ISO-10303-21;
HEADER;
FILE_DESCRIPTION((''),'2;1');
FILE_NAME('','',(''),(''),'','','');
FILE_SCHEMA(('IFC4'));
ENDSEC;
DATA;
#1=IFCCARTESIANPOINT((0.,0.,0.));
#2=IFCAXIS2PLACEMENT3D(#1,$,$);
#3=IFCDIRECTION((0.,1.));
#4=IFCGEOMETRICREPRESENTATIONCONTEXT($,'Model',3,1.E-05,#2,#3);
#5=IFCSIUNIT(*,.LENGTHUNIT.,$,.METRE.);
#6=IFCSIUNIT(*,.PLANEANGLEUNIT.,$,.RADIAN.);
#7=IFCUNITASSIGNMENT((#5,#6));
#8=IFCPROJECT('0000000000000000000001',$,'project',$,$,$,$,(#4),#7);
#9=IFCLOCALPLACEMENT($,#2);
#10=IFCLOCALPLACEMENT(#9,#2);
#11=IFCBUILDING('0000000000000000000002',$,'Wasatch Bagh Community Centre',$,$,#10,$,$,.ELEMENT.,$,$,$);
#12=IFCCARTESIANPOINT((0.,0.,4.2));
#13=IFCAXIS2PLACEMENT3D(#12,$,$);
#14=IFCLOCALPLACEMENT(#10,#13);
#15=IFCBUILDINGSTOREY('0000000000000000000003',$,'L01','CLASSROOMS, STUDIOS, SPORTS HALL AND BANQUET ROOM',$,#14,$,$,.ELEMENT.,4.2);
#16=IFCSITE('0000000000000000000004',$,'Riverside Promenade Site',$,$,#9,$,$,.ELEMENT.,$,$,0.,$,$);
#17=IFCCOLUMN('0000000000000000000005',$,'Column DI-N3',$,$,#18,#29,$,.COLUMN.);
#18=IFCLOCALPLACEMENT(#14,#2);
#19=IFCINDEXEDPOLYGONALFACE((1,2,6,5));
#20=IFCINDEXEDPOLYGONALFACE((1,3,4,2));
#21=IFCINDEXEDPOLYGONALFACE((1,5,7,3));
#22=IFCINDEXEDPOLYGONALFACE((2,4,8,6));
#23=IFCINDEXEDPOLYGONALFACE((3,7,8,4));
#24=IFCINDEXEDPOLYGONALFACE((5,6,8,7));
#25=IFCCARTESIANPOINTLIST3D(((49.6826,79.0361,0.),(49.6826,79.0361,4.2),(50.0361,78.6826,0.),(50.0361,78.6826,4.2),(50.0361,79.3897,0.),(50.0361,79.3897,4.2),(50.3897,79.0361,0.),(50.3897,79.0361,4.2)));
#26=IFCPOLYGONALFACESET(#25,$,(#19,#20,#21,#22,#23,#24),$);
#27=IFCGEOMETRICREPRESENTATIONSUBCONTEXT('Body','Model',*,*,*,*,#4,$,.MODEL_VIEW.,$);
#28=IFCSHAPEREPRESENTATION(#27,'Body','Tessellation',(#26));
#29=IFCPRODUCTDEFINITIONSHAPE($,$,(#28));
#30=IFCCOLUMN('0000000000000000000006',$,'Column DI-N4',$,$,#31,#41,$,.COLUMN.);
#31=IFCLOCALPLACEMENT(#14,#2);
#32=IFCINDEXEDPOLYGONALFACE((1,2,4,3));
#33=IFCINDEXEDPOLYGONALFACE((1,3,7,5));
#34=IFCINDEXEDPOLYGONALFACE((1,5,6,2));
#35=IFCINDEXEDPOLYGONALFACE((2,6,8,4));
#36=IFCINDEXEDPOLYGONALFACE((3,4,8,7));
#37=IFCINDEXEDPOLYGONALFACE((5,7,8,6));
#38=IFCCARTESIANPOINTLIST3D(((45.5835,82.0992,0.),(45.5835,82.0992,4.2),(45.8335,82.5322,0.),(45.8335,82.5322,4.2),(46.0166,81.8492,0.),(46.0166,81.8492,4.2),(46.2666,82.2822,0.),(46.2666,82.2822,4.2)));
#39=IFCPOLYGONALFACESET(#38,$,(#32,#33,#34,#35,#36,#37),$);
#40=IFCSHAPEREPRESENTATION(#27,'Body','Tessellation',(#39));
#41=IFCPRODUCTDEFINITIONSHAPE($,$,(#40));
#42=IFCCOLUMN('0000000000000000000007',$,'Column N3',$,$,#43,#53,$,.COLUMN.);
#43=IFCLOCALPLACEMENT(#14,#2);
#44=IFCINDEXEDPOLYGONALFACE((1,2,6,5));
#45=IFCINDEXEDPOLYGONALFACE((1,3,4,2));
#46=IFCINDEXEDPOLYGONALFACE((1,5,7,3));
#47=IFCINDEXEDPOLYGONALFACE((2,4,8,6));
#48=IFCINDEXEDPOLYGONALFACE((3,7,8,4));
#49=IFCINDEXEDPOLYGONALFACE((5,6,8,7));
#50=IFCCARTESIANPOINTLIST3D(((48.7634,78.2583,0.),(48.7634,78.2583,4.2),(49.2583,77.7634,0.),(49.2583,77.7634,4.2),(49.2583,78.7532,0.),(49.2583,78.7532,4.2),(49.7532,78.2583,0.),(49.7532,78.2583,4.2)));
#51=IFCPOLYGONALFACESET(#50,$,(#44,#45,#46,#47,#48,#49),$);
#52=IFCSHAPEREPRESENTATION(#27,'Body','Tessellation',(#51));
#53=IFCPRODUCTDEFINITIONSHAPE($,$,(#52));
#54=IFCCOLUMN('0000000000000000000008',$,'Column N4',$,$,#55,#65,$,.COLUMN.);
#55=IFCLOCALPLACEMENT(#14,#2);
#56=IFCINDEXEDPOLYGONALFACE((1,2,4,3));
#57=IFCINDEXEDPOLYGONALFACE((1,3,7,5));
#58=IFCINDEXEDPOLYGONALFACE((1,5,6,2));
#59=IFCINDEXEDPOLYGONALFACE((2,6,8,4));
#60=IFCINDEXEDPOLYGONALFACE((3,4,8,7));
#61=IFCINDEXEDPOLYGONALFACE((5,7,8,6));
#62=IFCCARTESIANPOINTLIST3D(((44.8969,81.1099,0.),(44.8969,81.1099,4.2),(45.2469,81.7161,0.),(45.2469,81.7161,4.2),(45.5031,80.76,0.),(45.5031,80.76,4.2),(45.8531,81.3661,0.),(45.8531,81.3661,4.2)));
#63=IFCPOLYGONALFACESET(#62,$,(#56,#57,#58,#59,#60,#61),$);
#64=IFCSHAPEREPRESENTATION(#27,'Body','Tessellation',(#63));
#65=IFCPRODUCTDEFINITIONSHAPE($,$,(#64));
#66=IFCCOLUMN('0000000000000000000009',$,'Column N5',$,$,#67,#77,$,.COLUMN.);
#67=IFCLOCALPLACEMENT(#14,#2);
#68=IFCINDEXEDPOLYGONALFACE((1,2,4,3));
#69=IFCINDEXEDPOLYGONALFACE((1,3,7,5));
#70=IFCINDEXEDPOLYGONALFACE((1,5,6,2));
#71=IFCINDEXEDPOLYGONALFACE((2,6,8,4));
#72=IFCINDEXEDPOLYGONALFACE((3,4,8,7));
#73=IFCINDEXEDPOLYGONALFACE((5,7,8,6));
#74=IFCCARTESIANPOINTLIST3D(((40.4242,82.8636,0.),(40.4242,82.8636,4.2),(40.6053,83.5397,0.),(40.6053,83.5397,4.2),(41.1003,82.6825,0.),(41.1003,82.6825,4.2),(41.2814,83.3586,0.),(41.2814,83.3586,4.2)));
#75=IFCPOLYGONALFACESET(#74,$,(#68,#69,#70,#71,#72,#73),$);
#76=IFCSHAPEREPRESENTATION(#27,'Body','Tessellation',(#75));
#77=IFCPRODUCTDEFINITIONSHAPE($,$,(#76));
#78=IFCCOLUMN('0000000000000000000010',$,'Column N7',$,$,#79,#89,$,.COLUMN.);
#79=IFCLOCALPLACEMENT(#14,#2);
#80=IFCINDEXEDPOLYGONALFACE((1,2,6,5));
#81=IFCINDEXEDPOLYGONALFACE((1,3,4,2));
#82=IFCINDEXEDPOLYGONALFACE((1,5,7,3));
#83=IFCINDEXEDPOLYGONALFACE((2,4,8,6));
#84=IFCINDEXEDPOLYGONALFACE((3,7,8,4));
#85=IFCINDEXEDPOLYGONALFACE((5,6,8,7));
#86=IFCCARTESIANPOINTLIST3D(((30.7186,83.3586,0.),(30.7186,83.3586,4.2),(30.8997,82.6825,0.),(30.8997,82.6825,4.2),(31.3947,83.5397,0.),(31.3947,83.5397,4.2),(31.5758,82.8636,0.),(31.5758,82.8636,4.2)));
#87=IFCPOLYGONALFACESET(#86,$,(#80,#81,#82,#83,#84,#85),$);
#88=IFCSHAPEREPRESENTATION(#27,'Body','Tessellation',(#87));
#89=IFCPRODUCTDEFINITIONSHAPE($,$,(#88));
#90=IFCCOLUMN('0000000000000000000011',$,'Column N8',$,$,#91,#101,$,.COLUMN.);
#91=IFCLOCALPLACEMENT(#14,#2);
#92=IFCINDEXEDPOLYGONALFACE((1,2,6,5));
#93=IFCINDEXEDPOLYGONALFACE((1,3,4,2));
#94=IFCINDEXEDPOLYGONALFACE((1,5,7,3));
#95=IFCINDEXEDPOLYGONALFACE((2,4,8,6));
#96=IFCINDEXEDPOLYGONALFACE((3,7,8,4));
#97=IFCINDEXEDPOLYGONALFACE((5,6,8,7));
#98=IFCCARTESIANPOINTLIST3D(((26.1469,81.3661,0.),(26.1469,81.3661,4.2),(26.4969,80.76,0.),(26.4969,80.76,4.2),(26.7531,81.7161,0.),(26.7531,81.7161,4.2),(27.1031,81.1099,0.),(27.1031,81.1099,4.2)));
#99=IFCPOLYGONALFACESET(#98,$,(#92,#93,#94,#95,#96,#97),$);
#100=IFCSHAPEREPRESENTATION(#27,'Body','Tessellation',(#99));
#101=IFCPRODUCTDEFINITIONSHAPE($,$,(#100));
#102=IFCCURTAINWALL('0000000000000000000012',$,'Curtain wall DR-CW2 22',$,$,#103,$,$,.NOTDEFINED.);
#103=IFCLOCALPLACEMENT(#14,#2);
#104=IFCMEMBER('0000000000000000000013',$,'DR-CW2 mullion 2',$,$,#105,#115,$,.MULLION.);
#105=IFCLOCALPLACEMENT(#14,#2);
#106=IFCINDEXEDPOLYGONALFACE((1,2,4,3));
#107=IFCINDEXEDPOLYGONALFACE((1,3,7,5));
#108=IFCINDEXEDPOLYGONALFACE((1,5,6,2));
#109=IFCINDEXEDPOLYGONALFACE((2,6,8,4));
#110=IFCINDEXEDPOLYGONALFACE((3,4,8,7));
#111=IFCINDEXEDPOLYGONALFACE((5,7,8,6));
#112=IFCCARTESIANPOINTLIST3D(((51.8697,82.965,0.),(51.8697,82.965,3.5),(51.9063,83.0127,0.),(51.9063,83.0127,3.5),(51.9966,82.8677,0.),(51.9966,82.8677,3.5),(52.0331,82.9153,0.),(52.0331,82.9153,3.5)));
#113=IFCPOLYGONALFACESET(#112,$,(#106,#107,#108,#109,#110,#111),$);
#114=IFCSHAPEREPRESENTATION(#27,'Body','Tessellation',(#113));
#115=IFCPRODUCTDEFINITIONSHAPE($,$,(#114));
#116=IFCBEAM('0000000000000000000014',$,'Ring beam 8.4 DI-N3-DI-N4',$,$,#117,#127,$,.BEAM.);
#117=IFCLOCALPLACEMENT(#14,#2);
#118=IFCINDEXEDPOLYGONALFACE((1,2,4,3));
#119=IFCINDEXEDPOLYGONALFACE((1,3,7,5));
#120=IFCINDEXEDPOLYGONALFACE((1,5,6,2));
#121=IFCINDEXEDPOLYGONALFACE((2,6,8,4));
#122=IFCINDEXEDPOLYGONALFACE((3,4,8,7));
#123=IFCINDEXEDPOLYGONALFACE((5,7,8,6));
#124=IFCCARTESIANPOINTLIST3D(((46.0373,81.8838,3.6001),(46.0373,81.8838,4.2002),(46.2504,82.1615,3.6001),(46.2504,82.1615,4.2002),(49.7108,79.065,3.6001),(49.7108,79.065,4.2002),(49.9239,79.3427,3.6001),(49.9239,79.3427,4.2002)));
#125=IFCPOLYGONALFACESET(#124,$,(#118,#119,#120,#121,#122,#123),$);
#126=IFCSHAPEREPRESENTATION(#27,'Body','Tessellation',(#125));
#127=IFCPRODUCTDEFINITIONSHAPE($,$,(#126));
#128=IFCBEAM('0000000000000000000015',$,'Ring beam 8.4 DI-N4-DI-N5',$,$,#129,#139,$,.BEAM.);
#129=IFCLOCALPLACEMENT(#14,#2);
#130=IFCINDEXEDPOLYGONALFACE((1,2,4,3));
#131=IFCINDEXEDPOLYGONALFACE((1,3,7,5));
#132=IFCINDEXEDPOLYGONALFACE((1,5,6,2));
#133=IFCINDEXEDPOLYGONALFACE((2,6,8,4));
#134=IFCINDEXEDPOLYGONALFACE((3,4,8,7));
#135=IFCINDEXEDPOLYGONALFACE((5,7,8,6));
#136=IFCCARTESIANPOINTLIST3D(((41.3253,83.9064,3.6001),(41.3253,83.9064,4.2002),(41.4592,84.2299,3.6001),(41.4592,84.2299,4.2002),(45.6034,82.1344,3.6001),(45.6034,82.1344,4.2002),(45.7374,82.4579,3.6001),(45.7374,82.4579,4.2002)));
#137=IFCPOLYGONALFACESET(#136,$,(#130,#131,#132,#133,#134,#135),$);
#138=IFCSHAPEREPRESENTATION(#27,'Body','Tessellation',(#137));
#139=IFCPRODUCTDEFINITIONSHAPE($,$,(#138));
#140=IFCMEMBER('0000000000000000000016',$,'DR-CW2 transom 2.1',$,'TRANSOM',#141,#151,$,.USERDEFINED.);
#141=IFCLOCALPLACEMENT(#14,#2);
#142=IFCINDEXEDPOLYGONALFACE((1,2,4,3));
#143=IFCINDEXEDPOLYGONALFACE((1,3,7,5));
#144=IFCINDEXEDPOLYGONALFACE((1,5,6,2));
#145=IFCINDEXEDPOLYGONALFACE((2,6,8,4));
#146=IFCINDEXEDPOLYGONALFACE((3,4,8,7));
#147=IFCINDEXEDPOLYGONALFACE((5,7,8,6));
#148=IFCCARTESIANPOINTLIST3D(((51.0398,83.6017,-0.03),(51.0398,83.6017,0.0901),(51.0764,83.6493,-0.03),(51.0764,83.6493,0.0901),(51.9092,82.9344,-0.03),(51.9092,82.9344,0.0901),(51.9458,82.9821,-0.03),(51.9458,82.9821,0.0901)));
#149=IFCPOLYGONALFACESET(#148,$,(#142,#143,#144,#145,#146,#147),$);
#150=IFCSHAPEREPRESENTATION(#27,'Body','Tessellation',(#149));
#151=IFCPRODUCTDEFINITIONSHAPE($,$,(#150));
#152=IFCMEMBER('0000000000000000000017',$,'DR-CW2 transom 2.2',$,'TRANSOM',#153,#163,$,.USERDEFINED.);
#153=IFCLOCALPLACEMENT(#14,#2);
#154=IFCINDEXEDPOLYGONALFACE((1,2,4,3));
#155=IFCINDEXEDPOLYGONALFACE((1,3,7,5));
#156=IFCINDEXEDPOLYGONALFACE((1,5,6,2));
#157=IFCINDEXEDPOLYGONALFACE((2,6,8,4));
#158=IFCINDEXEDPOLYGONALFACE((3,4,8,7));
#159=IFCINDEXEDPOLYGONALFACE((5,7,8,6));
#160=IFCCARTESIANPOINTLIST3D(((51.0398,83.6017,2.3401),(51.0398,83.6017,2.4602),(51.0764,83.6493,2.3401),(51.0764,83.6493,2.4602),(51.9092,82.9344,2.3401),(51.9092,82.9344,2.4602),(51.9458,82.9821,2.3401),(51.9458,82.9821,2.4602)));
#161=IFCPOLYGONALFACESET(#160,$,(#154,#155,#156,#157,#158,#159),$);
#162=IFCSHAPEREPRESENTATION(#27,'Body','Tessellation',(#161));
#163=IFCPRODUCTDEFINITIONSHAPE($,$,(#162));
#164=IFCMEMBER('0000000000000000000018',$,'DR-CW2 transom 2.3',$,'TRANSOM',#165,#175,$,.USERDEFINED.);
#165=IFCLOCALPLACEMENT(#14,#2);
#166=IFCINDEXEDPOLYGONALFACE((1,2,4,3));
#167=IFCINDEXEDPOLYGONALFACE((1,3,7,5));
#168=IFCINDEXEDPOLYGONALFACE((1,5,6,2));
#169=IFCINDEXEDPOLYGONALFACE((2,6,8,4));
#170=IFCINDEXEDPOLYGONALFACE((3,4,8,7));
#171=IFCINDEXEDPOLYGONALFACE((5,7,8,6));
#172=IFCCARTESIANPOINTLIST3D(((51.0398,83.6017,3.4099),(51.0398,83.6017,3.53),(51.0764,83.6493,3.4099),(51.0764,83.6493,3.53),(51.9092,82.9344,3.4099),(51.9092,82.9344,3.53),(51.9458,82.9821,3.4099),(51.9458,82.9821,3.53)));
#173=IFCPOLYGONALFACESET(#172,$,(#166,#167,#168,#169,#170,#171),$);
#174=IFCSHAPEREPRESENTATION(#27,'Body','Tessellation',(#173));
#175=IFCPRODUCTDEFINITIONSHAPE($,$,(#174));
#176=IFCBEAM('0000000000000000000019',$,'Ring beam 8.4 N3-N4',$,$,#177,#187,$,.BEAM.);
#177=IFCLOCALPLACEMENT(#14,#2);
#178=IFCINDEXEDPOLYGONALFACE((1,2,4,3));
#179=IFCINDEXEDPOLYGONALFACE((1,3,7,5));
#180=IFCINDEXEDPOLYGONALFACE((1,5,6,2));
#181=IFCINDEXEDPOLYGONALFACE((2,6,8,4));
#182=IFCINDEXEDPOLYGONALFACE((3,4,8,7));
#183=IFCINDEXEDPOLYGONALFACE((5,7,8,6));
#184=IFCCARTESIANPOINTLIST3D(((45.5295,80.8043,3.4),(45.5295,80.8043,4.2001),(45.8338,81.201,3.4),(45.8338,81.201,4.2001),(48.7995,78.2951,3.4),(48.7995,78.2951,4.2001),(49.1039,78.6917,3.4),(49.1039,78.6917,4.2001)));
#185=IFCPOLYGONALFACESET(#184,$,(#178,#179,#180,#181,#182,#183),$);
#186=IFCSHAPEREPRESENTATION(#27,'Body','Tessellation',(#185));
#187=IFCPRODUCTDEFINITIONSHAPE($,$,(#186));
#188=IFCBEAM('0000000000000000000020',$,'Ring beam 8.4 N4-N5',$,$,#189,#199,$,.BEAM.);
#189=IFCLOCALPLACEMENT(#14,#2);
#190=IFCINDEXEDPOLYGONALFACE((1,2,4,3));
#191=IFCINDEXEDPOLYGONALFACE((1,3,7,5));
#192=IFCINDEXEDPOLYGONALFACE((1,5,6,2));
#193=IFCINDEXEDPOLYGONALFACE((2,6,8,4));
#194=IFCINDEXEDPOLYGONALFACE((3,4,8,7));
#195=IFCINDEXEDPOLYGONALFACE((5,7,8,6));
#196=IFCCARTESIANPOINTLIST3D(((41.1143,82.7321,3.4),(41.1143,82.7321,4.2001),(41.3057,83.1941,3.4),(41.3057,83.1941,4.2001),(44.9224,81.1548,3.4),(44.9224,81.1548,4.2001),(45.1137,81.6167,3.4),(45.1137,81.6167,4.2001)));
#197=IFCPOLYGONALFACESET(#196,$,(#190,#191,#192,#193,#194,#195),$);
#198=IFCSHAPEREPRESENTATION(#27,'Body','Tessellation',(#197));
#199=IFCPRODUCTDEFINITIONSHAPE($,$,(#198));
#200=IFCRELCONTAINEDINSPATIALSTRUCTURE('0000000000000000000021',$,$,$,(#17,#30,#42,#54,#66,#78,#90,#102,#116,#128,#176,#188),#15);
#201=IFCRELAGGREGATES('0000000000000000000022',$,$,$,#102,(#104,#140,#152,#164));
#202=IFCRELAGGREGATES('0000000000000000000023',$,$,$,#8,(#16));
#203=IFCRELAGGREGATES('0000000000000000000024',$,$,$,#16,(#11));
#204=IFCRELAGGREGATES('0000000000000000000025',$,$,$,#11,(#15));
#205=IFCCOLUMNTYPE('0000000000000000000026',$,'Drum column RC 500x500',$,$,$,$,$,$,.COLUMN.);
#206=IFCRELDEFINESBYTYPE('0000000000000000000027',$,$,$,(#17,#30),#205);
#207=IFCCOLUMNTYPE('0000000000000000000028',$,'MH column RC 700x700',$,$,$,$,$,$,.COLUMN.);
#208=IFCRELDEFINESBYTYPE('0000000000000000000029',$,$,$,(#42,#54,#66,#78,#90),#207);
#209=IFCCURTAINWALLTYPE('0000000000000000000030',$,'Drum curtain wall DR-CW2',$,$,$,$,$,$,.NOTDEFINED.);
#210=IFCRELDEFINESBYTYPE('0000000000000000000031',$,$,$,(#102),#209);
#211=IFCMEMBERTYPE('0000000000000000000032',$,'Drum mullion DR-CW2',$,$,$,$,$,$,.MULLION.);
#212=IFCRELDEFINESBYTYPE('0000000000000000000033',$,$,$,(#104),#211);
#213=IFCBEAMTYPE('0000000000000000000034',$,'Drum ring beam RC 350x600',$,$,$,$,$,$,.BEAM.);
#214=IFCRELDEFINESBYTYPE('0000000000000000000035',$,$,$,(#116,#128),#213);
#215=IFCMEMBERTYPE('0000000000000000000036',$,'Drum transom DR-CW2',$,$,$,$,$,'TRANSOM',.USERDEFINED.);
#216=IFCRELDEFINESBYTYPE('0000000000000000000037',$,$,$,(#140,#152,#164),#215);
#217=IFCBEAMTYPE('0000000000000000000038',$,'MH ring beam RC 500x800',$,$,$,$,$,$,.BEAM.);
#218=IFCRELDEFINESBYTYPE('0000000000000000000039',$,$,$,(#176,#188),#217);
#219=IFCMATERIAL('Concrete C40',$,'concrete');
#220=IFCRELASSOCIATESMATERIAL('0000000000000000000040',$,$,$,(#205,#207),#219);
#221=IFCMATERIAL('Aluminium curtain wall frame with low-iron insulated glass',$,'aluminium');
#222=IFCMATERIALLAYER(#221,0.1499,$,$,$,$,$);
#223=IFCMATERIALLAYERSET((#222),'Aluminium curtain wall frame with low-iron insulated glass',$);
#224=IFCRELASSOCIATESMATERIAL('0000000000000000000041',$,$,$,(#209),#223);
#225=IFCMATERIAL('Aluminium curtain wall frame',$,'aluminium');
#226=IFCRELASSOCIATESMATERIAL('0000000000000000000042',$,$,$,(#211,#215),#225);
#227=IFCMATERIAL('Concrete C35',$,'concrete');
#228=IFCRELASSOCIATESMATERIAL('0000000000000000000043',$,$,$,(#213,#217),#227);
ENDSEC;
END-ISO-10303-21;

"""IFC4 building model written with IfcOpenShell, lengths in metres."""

from ifc_helpers import new_model, si_unit, direction, frame, origin, origin_2d, place, context, subcontext, project, spatial, rectangle, extrude, material, layer, layer_set, material_profile, profile_set, type_object, element, aggregate, save


model = new_model("IFC4")

# Units and contexts
model_context = context("Model", 3, precision=1e-05, world=origin(), true_north=direction((0.0, 1.0)))
body_context = subcontext(model_context, "Body", "Model", "MODEL_VIEW")
ifc_project = project(units=[si_unit("LENGTHUNIT", "METRE"), si_unit("PLANEANGLEUNIT", "RADIAN")], contexts=[model_context])

# Site, building, storey
site_placement = place(None, origin())
site = spatial("IfcSite", under=ifc_project, at=site_placement, Name="Riverside Promenade Site", CompositionType="ELEMENT", RefElevation=0.0)
building_placement = place(site_placement, origin())
building = spatial("IfcBuilding", under=site, at=building_placement, Name="Wasatch Bagh Community Centre", CompositionType="ELEMENT")
storey_placement = place(building_placement, frame((0.0, 0.0, 4.2)))
storey = spatial("IfcBuildingStorey", under=building, at=storey_placement, Name="L01", Description="CLASSROOMS, STUDIOS, SPORTS HALL AND BANQUET ROOM", CompositionType="ELEMENT", Elevation=4.2)

# Columns
ifc_material_1 = material(Name="Concrete C40", Category="concrete")
ifc_material_profile_1 = material_profile(ifc_material_1, rectangle(XDim=0.5, YDim=0.5, at=origin_2d()), Name="RC 500x500")
ifc_profile_set_1 = profile_set([ifc_material_profile_1], Name="Concrete C40")
column_type_1 = type_object("IfcColumnType", Name="Drum column RC 500x500", PredefinedType="COLUMN", material=ifc_profile_set_1)
for number, where, z_axis, x_axis, name in (
    (1, (50.0361, 79.0361, 0.0), (0.0, 0.0, 1.0), (0.707107, 0.707107, 0.0), "Column DI-N3"),
    (2, (45.925, 82.1907, 0.0), (0.0, 0.0, 1.0), (0.5, 0.866025, 0.0), "Column DI-N4"),
):
    element("IfcColumn", number, at=place(storey_placement, frame(where, z_axis=z_axis, x_axis=x_axis)), inside=storey, type_object=column_type_1, Name=name, PredefinedType="COLUMN", context=body_context, shape_type="SweptSolid", body=[
        extrude(rectangle(XDim=0.5, YDim=0.5, at=origin_2d()), origin(), (0.0, 0.0, 1.0), 4.2),
    ])
ifc_material_profile_2 = material_profile(ifc_material_1, rectangle(XDim=0.7, YDim=0.7, at=origin_2d()), Name="RC 700x700")
ifc_profile_set_2 = profile_set([ifc_material_profile_2], Name="Concrete C40")
column_type_2 = type_object("IfcColumnType", Name="MH column RC 700x700", PredefinedType="COLUMN", material=ifc_profile_set_2)
for number, where, z_axis, x_axis, name in (
    (3, (49.2583, 78.2583, 0.0), (0.0, 0.0, 1.0), (0.707107, 0.707107, 0.0), "Column N3"),
    (4, (45.375, 81.238, 0.0), (0.0, 0.0, 1.0), (0.5, 0.866025, 0.0), "Column N4"),
    (5, (40.8528, 83.1111, 0.0), (0.0, 0.0, 1.0), (0.258819, 0.965926, 0.0), "Column N5"),
    (6, (31.1472, 83.1111, 0.0), (0.0, 0.0, 1.0), (0.965926, 0.258819, 0.0), "Column N7"),
    (7, (26.625, 81.238, 0.0), (0.0, 0.0, 1.0), (0.866025, 0.5, 0.0), "Column N8"),
):
    element("IfcColumn", number, at=place(storey_placement, frame(where, z_axis=z_axis, x_axis=x_axis)), inside=storey, type_object=column_type_2, Name=name, PredefinedType="COLUMN", context=body_context, shape_type="SweptSolid", body=[
        extrude(rectangle(XDim=0.7, YDim=0.7, at=origin_2d()), origin(), (0.0, 0.0, 1.0), 4.2),
    ])

# Curtain wall, member
ifc_material_2 = material(Name="Aluminium curtain wall frame with low-iron insulated glass", Category="aluminium")
ifc_layer_1 = layer(ifc_material_2, 0.1499)
ifc_layer_set_1 = layer_set([ifc_layer_1], Name="Aluminium curtain wall frame with low-iron insulated glass")
curtain_wall_type = type_object("IfcCurtainWallType", Name="Drum curtain wall DR-CW2", PredefinedType="NOTDEFINED", material=ifc_layer_set_1)
curtain_wall_placement = place(storey_placement, origin())
curtain_wall = element("IfcCurtainWall", 8, at=curtain_wall_placement, inside=storey, type_object=curtain_wall_type, Name="Curtain wall DR-CW2 22", PredefinedType="NOTDEFINED")
ifc_material_3 = material(Name="Aluminium curtain wall frame", Category="aluminium")
ifc_material_profile_3 = material_profile(ifc_material_3, rectangle(XDim=0.0601, YDim=0.1599, at=origin_2d()), Name="Drum mullion DR-CW2")
ifc_profile_set_3 = profile_set([ifc_material_profile_3], Name="Aluminium curtain wall frame")
member_type_1 = type_object("IfcMemberType", Name="Drum mullion DR-CW2", PredefinedType="MULLION", material=ifc_profile_set_3)
member_1_placement = place(storey_placement, frame((51.9514, 82.9402, 0.0), z_axis=(0.0, 0.0, 1.0), x_axis=(-0.608761, -0.793353, 0.0)))
member_1 = element("IfcMember", 9, at=member_1_placement, type_object=member_type_1, Name="DR-CW2 mullion 2", PredefinedType="MULLION", context=body_context, shape_type="SweptSolid", body=[
    extrude(rectangle(XDim=0.0601, YDim=0.1599, at=origin_2d()), origin(), (0.0, 0.0, 1.0), 3.5),
])

# Beams
ifc_material_4 = material(Name="Concrete C35", Category="concrete")
ifc_material_profile_4 = material_profile(ifc_material_4, rectangle(XDim=0.3501, YDim=0.6001, at=origin_2d()), Name="RC 350x600")
ifc_profile_set_4 = profile_set([ifc_material_profile_4], Name="Concrete C35")
beam_type_1 = type_object("IfcBeamType", Name="Drum ring beam RC 350x600", PredefinedType="BEAM", material=ifc_profile_set_4)
beam_1_placement = place(storey_placement, frame((49.8174, 79.2039, 3.9001), z_axis=(-0.793353, 0.608762, 0.0), x_axis=(-0.608762, -0.793353, 0.0)))
element("IfcBeam", 10, at=beam_1_placement, inside=storey, type_object=beam_type_1, Name="Ring beam 8.4 DI-N3-DI-N4", PredefinedType="BEAM", context=body_context, shape_type="SweptSolid", body=[
    extrude(rectangle(XDim=0.3501, YDim=0.6001, at=origin_2d()), origin(), (0.0, 0.0, 1.0), 4.6304),
])
beam_2_placement = place(storey_placement, frame((45.6704, 82.2961, 3.9001), z_axis=(-0.923884, 0.382672, 0.0), x_axis=(-0.382672, -0.923884, 0.0)))
element("IfcBeam", 11, at=beam_2_placement, inside=storey, type_object=beam_type_1, Name="Ring beam 8.4 DI-N4-DI-N5", PredefinedType="BEAM", context=body_context, shape_type="SweptSolid", body=[
    extrude(rectangle(XDim=0.3501, YDim=0.6001, at=origin_2d()), origin(), (0.0, 0.0, 1.0), 4.6306),
])

# Members
ifc_material_profile_5 = material_profile(ifc_material_3, rectangle(XDim=0.0601, YDim=0.1201, at=origin_2d()), Name="Drum transom DR-CW2")
ifc_profile_set_5 = profile_set([ifc_material_profile_5], Name="Aluminium curtain wall frame")
member_type_2 = type_object("IfcMemberType", Name="Drum transom DR-CW2", ElementType="TRANSOM", PredefinedType="USERDEFINED", material=ifc_profile_set_5)
member_2_placement = place(storey_placement, frame((51.9275, 82.9583, 0.03), z_axis=(-0.793294, 0.608838, 0.0), x_axis=(-0.608838, -0.793294, 0.0)))
member_2 = element("IfcMember", 12, at=member_2_placement, type_object=member_type_2, Name="DR-CW2 transom 2.1", ObjectType="TRANSOM", PredefinedType="USERDEFINED", context=body_context, shape_type="SweptSolid", body=[
    extrude(rectangle(XDim=0.0601, YDim=0.1201, at=origin_2d()), origin(), (0.0, 0.0, 1.0), 1.0959),
])
member_3_placement = place(storey_placement, frame((51.9275, 82.9583, 2.4001), z_axis=(-0.793294, 0.608838, 0.0), x_axis=(-0.608838, -0.793294, 0.0)))
member_3 = element("IfcMember", 13, at=member_3_placement, type_object=member_type_2, Name="DR-CW2 transom 2.2", ObjectType="TRANSOM", PredefinedType="USERDEFINED", context=body_context, shape_type="SweptSolid", body=[
    extrude(rectangle(XDim=0.0601, YDim=0.1201, at=origin_2d()), origin(), (0.0, 0.0, 1.0), 1.0959),
])
member_4_placement = place(storey_placement, frame((51.9275, 82.9583, 3.47), z_axis=(-0.793294, 0.608838, 0.0), x_axis=(-0.608838, -0.793294, 0.0)))
member_4 = element("IfcMember", 14, at=member_4_placement, type_object=member_type_2, Name="DR-CW2 transom 2.3", ObjectType="TRANSOM", PredefinedType="USERDEFINED", context=body_context, shape_type="SweptSolid", body=[
    extrude(rectangle(XDim=0.0601, YDim=0.1201, at=origin_2d()), origin(), (0.0, 0.0, 1.0), 1.0959),
])

# Beams
ifc_material_profile_6 = material_profile(ifc_material_4, rectangle(XDim=0.5, YDim=0.8, at=origin_2d()), Name="RC 500x800")
ifc_profile_set_6 = profile_set([ifc_material_profile_6], Name="Concrete C35")
beam_type_2 = type_object("IfcBeamType", Name="MH ring beam RC 500x800", PredefinedType="BEAM", material=ifc_profile_set_6)
for number, where, z_axis, x_axis, name in (
    (15, (48.9517, 78.4934, 3.8), (-0.793341, 0.608777, 0.0), (-0.608777, -0.793341, 0.0), "Ring beam 8.4 N3-N4"),
    (16, (45.0181, 81.3857, 3.8), (-0.923878, 0.382688, 0.0), (-0.382688, -0.923878, 0.0), "Ring beam 8.4 N4-N5"),
):
    element("IfcBeam", number, at=place(storey_placement, frame(where, z_axis=z_axis, x_axis=x_axis)), inside=storey, type_object=beam_type_2, Name=name, PredefinedType="BEAM", context=body_context, shape_type="SweptSolid", body=[
        extrude(rectangle(XDim=0.5, YDim=0.8, at=origin_2d()), origin(), (0.0, 0.0, 1.0), 4.1218),
    ])

aggregate(curtain_wall, [member_1, member_2, member_3, member_4])

save(model, "model.ifc")
